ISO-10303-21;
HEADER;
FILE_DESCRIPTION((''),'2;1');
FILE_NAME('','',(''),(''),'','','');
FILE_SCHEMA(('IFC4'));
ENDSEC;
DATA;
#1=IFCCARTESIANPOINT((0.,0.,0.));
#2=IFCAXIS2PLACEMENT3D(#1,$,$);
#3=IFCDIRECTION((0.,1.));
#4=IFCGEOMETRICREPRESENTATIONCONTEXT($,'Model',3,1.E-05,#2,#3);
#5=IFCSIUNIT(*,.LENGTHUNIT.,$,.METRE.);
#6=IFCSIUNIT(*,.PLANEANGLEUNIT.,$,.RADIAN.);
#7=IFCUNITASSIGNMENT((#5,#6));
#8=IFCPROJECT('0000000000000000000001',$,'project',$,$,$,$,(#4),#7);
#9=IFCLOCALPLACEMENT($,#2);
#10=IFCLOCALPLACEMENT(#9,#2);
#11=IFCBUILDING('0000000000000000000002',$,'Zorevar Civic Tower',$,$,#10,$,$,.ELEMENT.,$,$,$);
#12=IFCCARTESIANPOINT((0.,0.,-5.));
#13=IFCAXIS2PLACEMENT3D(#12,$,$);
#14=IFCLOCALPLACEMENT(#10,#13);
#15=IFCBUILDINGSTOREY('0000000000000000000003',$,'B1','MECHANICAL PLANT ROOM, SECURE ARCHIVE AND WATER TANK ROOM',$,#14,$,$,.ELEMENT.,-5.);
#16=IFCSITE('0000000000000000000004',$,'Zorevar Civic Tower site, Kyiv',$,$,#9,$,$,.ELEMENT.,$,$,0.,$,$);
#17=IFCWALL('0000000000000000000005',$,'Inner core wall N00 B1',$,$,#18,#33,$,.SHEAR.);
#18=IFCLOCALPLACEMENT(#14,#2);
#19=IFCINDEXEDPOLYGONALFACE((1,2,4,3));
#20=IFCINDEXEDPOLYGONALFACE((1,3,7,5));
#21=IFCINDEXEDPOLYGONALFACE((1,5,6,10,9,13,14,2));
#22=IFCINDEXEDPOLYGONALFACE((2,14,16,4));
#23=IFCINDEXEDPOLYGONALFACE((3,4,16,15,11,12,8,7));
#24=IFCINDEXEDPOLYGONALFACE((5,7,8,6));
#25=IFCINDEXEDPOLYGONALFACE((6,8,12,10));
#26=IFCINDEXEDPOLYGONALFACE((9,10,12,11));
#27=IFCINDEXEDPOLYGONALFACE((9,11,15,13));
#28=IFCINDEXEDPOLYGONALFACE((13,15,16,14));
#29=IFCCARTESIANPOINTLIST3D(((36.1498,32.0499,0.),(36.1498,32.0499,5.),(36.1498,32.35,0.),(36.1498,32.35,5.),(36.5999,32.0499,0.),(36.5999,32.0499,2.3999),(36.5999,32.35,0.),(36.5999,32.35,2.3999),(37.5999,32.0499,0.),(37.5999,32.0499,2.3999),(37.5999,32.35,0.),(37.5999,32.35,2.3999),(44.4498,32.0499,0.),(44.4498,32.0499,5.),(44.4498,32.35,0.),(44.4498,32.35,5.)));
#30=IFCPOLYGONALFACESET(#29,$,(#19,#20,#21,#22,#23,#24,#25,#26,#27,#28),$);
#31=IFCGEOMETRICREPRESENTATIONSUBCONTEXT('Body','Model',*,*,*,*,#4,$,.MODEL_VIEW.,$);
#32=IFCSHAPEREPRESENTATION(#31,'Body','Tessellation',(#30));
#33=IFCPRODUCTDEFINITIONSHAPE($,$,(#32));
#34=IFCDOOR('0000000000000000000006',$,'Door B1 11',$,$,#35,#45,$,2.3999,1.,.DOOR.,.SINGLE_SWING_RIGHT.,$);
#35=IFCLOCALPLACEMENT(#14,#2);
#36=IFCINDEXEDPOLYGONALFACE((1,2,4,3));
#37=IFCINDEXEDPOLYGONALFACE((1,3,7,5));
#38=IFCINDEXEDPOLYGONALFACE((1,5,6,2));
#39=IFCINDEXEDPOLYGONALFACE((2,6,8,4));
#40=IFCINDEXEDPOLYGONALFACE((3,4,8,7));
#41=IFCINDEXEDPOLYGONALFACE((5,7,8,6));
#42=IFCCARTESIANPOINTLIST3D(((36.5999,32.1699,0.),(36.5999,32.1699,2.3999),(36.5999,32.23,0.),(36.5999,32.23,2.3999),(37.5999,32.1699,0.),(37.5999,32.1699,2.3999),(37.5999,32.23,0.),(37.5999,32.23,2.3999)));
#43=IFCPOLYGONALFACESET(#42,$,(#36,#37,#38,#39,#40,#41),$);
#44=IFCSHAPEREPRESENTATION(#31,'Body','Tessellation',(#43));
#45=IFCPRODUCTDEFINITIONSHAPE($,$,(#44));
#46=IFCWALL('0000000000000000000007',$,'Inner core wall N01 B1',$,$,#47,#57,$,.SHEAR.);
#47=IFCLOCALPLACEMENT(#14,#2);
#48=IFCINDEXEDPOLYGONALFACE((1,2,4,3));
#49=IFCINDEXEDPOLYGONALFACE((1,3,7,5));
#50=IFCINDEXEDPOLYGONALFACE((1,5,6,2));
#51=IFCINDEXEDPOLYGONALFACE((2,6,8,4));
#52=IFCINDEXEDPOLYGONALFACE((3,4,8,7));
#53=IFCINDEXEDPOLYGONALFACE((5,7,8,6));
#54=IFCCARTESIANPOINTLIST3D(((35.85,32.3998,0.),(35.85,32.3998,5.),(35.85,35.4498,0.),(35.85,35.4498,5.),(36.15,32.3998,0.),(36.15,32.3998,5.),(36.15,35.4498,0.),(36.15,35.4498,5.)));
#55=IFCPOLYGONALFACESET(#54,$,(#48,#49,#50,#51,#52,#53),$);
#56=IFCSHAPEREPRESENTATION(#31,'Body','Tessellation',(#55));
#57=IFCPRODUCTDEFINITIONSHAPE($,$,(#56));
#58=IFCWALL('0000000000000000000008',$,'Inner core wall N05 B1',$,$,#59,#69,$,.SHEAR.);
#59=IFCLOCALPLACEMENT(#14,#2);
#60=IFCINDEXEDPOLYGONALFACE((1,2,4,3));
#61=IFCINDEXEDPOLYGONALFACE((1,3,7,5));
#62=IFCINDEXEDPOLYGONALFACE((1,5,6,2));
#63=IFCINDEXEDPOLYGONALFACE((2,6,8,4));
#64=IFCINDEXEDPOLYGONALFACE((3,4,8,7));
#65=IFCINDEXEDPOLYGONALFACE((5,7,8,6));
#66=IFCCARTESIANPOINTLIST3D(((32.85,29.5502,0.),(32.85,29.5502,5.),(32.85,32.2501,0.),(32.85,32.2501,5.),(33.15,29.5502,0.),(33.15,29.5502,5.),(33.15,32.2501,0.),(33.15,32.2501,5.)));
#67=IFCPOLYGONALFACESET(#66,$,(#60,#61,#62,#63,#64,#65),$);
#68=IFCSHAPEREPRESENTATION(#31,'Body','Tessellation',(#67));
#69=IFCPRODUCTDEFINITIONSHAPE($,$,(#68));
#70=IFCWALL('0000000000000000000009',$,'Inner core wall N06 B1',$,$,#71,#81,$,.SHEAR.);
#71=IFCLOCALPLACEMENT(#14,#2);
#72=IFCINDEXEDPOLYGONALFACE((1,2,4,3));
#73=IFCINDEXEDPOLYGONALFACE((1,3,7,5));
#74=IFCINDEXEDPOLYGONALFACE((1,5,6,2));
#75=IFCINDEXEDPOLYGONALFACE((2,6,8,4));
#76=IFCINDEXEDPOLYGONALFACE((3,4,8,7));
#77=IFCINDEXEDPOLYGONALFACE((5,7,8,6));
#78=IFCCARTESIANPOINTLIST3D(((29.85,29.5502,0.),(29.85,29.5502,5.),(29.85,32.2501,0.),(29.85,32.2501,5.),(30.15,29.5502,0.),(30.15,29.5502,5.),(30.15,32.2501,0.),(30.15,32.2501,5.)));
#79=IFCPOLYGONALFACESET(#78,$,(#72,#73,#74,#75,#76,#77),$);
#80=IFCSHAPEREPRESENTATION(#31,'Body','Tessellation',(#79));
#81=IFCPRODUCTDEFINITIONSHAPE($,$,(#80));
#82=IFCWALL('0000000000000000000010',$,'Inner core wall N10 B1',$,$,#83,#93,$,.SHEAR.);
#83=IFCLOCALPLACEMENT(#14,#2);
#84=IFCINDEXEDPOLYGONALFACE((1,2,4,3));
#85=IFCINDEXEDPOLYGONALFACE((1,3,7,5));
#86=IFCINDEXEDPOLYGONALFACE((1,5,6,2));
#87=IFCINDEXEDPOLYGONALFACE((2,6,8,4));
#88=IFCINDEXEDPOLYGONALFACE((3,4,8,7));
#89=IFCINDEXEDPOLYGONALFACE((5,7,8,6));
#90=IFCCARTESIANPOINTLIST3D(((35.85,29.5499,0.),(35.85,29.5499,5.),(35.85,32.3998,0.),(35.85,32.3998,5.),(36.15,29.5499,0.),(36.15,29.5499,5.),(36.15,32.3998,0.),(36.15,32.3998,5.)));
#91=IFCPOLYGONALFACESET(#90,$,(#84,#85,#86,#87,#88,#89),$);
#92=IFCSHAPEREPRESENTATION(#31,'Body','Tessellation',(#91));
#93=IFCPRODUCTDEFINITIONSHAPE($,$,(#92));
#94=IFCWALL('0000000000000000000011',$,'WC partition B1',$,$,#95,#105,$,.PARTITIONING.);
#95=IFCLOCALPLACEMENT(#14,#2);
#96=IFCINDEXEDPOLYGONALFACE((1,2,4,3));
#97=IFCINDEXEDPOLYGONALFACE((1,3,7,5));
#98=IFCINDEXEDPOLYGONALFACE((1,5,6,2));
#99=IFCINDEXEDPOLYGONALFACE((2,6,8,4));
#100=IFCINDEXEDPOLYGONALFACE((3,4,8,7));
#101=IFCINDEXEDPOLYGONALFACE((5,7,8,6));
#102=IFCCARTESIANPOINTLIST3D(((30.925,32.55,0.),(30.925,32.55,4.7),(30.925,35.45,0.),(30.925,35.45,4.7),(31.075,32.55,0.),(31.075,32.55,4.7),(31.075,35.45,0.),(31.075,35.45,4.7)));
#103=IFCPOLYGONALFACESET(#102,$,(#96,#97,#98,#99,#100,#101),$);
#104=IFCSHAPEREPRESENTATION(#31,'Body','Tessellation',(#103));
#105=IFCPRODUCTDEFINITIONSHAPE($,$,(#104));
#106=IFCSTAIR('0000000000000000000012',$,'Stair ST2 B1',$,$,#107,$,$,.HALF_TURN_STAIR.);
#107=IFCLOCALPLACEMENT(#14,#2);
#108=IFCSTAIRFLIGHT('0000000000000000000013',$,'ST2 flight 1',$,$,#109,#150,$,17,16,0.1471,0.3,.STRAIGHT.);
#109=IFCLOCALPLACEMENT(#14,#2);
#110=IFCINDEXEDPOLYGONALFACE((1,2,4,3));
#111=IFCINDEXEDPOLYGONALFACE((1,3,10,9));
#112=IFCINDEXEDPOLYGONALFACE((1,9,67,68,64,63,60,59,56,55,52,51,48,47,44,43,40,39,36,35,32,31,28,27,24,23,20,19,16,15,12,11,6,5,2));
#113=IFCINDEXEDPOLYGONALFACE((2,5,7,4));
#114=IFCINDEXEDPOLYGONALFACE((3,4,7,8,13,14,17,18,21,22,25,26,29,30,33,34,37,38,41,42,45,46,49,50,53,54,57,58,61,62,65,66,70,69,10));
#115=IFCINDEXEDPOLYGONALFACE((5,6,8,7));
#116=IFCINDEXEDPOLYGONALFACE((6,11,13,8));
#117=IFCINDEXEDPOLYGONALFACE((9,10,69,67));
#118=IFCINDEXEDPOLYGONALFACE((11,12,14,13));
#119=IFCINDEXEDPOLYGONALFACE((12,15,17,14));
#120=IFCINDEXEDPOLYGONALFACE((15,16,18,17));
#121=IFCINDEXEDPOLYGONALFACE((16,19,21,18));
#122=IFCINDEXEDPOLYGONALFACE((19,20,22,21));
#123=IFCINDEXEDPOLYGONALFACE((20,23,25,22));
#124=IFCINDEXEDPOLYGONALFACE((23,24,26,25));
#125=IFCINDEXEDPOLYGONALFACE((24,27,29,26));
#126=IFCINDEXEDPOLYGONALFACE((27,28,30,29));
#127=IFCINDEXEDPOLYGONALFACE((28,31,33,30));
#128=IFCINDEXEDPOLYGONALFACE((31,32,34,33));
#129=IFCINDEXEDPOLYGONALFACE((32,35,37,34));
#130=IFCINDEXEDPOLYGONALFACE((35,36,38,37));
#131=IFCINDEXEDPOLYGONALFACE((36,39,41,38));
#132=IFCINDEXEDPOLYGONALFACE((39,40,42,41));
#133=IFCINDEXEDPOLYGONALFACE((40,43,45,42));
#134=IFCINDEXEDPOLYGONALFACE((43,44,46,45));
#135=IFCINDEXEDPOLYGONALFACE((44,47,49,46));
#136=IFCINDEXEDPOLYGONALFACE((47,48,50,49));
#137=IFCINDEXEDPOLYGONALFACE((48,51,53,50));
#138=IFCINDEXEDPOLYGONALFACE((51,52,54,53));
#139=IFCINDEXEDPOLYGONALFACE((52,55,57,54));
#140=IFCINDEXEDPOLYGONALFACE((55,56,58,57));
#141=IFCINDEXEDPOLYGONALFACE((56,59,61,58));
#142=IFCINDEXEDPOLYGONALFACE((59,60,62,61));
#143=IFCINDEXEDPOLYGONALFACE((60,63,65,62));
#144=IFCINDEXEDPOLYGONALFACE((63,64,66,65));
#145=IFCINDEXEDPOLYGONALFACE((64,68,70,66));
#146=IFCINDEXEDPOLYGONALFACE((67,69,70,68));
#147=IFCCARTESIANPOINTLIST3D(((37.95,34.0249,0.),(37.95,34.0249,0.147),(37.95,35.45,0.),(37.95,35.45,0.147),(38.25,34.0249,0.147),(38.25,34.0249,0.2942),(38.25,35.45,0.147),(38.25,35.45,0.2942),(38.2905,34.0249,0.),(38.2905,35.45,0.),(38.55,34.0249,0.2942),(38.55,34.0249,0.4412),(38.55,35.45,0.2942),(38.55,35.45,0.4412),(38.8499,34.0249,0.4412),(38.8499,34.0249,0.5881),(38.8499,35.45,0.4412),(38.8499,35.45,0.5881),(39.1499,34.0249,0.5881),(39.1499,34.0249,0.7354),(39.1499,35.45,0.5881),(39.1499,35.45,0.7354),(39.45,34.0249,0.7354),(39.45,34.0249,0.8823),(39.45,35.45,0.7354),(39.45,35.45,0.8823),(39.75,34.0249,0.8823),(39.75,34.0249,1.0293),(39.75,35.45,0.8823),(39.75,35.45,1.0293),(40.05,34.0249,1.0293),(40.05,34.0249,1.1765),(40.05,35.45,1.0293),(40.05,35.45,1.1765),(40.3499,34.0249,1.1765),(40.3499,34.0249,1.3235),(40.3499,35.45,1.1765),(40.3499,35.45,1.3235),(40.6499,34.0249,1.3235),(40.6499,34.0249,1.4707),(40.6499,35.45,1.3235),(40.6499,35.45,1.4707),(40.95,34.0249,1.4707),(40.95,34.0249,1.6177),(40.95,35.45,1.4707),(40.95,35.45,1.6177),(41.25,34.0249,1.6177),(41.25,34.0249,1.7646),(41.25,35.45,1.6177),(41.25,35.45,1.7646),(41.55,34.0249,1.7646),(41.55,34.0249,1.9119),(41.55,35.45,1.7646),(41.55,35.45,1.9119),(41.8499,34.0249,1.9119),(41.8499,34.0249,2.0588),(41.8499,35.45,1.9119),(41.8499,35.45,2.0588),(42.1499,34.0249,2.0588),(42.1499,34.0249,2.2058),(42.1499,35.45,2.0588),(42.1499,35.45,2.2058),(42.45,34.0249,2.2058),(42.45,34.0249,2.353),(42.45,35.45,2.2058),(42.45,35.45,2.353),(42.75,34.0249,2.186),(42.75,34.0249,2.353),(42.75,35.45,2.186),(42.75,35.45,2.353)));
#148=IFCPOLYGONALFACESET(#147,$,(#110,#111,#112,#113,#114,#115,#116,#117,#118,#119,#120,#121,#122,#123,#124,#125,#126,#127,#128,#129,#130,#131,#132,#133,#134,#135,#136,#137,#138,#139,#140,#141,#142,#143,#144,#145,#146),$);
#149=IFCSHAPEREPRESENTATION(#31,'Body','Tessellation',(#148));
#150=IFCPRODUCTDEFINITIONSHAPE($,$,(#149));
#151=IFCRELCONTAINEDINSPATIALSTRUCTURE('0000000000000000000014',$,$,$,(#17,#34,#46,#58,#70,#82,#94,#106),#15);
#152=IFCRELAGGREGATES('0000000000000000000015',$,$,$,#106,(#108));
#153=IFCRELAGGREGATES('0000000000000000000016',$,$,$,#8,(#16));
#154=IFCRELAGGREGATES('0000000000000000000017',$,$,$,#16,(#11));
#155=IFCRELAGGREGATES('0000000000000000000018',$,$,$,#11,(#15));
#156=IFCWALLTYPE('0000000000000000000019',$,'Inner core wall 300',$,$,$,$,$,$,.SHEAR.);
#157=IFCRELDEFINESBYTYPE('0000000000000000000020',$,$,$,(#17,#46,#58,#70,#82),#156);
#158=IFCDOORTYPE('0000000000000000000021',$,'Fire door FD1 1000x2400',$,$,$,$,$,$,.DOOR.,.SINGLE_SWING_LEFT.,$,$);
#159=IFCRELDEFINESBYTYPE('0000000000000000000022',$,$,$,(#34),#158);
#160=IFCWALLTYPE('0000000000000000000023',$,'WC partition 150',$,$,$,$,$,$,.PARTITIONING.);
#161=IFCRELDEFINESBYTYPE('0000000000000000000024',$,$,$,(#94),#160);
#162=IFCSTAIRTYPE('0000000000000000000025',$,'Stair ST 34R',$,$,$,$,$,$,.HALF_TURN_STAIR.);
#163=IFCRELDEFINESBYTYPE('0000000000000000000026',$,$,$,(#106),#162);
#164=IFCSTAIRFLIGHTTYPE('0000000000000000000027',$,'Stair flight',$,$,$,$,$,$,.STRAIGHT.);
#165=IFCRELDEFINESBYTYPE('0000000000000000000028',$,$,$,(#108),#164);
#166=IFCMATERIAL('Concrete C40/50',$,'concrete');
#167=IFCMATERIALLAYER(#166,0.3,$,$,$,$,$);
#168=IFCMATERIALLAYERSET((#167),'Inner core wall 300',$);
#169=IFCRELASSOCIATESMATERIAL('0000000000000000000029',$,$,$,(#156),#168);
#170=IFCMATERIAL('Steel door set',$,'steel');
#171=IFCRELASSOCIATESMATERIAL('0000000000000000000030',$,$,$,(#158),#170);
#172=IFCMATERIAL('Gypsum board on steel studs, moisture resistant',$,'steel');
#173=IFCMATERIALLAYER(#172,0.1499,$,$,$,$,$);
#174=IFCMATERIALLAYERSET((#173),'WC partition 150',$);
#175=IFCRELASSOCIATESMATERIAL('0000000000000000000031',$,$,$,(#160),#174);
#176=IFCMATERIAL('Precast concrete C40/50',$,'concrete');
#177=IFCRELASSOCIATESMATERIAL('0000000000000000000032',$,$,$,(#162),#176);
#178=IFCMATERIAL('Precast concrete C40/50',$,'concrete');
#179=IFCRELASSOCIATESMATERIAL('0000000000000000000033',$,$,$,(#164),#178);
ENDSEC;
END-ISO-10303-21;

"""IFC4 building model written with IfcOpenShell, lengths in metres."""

from ifc_helpers import new_model, si_unit, direction, frame, frame_2d, origin, place, context, subcontext, project, spatial, polyline, rectangle, outline, extrude, material, layer, layer_set, type_object, element, fill, aggregate, save


model = new_model("IFC4")

# Units and contexts
model_context = context("Model", 3, precision=1e-05, world=origin(), true_north=direction((0.0, 1.0)))
body_context = subcontext(model_context, "Body", "Model", "MODEL_VIEW")
ifc_project = project(units=[si_unit("LENGTHUNIT", "METRE"), si_unit("PLANEANGLEUNIT", "RADIAN")], contexts=[model_context])

# Site, building, storey
site_placement = place(None, origin())
site = spatial("IfcSite", under=ifc_project, at=site_placement, Name="Zorevar Civic Tower site, Kyiv", CompositionType="ELEMENT", RefElevation=0.0)
building_placement = place(site_placement, origin())
building = spatial("IfcBuilding", under=site, at=building_placement, Name="Zorevar Civic Tower", CompositionType="ELEMENT")
storey_placement = place(building_placement, frame((0.0, 0.0, -5.0)))
storey = spatial("IfcBuildingStorey", under=building, at=storey_placement, Name="B1", Description="MECHANICAL PLANT ROOM, SECURE ARCHIVE AND WATER TANK ROOM", CompositionType="ELEMENT", Elevation=-5.0)

# Wall, opening, door
ifc_material_1 = material(Name="Concrete C40/50", Category="concrete")
ifc_layer_1 = layer(ifc_material_1, 0.3)
ifc_layer_set_1 = layer_set([ifc_layer_1], Name="Inner core wall 300")
wall_type_1 = type_object("IfcWallType", Name="Inner core wall 300", PredefinedType="SHEAR", material=ifc_layer_set_1)
wall_1_placement = place(storey_placement, frame((36.1499, 32.2, 0.0), z_axis=(0.0, 0.0, 1.0), x_axis=(1.0, 0.0, 0.0)))
wall_1 = element("IfcWall", 1, at=wall_1_placement, inside=storey, type_object=wall_type_1, Name="Inner core wall N00 B1", PredefinedType="SHEAR", context=body_context, shape_type="SweptSolid", body=[
    extrude(rectangle(XDim=8.3, YDim=0.3, at=frame_2d((4.1499, 0.0))), origin(), (0.0, 0.0, 1.0), 5.0),
])
opening_placement = place(wall_1_placement, frame((0.45, 0.0, 0.0)))
opening = element("IfcOpeningElement", 2, at=opening_placement, cuts=wall_1, PredefinedType="OPENING", context=body_context, shape_type="SweptSolid", body=[
    extrude(rectangle(XDim=1.0, YDim=2.3999, at=frame_2d((0.5, 1.2))), frame((0.0, 0.1599, 0.0), z_axis=(0.0, -1.0, 0.0), x_axis=(1.0, 0.0, 0.0)), (0.0, 0.0, 1.0), 0.3201),
])
ifc_material_2 = material(Name="Steel door set", Category="steel")
door_type = type_object("IfcDoorType", Name="Fire door FD1 1000x2400", OperationType="SINGLE_SWING_LEFT", PredefinedType="DOOR", material=ifc_material_2)
door_placement = place(opening_placement, origin())
door = element("IfcDoor", 3, at=door_placement, inside=storey, type_object=door_type, Name="Door B1 11", OperationType="SINGLE_SWING_RIGHT", OverallHeight=2.3999, OverallWidth=1.0, PredefinedType="DOOR", context=body_context, shape_type="SweptSolid", body=[
    extrude(rectangle(XDim=1.0, YDim=2.3999, at=frame_2d((0.5, 1.2))), frame((0.0, 0.03, 0.0), z_axis=(0.0, -1.0, 0.0), x_axis=(1.0, 0.0, 0.0)), (0.0, 0.0, 1.0), 0.0601),
])
fill(opening, door)

# Walls
wall_2_placement = place(storey_placement, frame((36.0, 32.3999, 0.0), z_axis=(0.0, 0.0, 1.0), x_axis=(0.0, 1.0, 0.0)))
element("IfcWall", 4, at=wall_2_placement, inside=storey, type_object=wall_type_1, Name="Inner core wall N01 B1", PredefinedType="SHEAR", context=body_context, shape_type="SweptSolid", body=[
    extrude(rectangle(XDim=3.05, YDim=0.3, at=frame_2d((1.5249, 0.0))), origin(), (0.0, 0.0, 1.0), 5.0),
])
for number, where, z_axis, x_axis, name in (
    (5, (33.0, 29.55, 0.0), (0.0, 0.0, 1.0), (0.0, 1.0, 0.0), "Inner core wall N05 B1"),
    (6, (30.0, 29.55, 0.0), (0.0, 0.0, 1.0), (0.0, 1.0, 0.0), "Inner core wall N06 B1"),
):
    element("IfcWall", number, at=place(storey_placement, frame(where, z_axis=z_axis, x_axis=x_axis)), inside=storey, type_object=wall_type_1, Name=name, PredefinedType="SHEAR", context=body_context, shape_type="SweptSolid", body=[
        extrude(rectangle(XDim=2.7, YDim=0.3, at=frame_2d((1.3501, 0.0))), origin(), (0.0, 0.0, 1.0), 5.0),
    ])
wall_3_placement = place(storey_placement, frame((36.0, 29.55, 0.0), z_axis=(0.0, 0.0, 1.0), x_axis=(0.0, 1.0, 0.0)))
element("IfcWall", 7, at=wall_3_placement, inside=storey, type_object=wall_type_1, Name="Inner core wall N10 B1", PredefinedType="SHEAR", context=body_context, shape_type="SweptSolid", body=[
    extrude(rectangle(XDim=2.8499, YDim=0.3, at=frame_2d((1.4248, 0.0))), origin(), (0.0, 0.0, 1.0), 5.0),
])
ifc_material_3 = material(Name="Gypsum board on steel studs, moisture resistant", Category="steel")
ifc_layer_2 = layer(ifc_material_3, 0.1499)
ifc_layer_set_2 = layer_set([ifc_layer_2], Name="WC partition 150")
wall_type_2 = type_object("IfcWallType", Name="WC partition 150", PredefinedType="PARTITIONING", material=ifc_layer_set_2)
wall_4_placement = place(storey_placement, frame((31.0, 32.55, 0.0), z_axis=(0.0, 0.0, 1.0), x_axis=(0.0, 1.0, 0.0)))
element("IfcWall", 8, at=wall_4_placement, inside=storey, type_object=wall_type_2, Name="WC partition B1", PredefinedType="PARTITIONING", context=body_context, shape_type="SweptSolid", body=[
    extrude(rectangle(XDim=2.8999, YDim=0.1499, at=frame_2d((1.45, 0.0))), origin(), (0.0, 0.0, 1.0), 4.7),
])

# Stair, stair flight
ifc_material_4 = material(Name="Precast concrete C40/50", Category="concrete")
stair_type = type_object("IfcStairType", Name="Stair ST 34R", PredefinedType="HALF_TURN_STAIR", material=ifc_material_4)
stair_placement = place(storey_placement, origin())
stair = element("IfcStair", 9, at=stair_placement, inside=storey, type_object=stair_type, Name="Stair ST2 B1", PredefinedType="HALF_TURN_STAIR")
ifc_material_5 = material(Name="Precast concrete C40/50", Category="concrete")
stair_flight_type = type_object("IfcStairFlightType", Name="Stair flight", PredefinedType="STRAIGHT", material=ifc_material_5)
stair_flight_placement = place(storey_placement, frame((37.95, 34.7375, 0.0), z_axis=(0.0, 0.0, 1.0), x_axis=(1.0, 0.0, 0.0)))
stair_flight = element("IfcStairFlight", 10, at=stair_flight_placement, type_object=stair_flight_type, Name="ST2 flight 1", NumberOfRisers=17, NumberOfTreads=16, PredefinedType="STRAIGHT", RiserHeight=0.1471, TreadLength=0.3, context=body_context, shape_type="SweptSolid", body=[
    extrude(outline(polyline([(0.0, 0.0), (0.0, 0.147), (0.3, 0.147), (0.3, 0.2942), (0.6001, 0.2942), (0.6001, 0.4412), (0.8999, 0.4412), (0.8999, 0.5881), (1.2, 0.5881), (1.2, 0.7354), (1.5, 0.7354), (1.5, 0.8823), (1.8, 0.8823), (1.8, 1.0293), (2.1001, 1.0293), (2.1001, 1.1765), (2.3999, 1.1765), (2.3999, 1.3235), (2.7, 1.3235), (2.7, 1.4707), (3.0, 1.4707), (3.0, 1.6177), (3.3, 1.6177), (3.3, 1.7646), (3.6001, 1.7646), (3.6001, 1.9119), (3.8999, 1.9119), (3.8999, 2.0588), (4.2, 2.0588), (4.2, 2.2058), (4.5, 2.2058), (4.5, 2.353), (4.8, 2.353), (4.8, 2.5), (4.8, 2.186), (0.3406, 0.0), (0.0, 0.0)])), frame((0.0, 0.7124, 0.0), z_axis=(0.0, -1.0, 0.0), x_axis=(1.0, 0.0, 0.0)), (0.0, 0.0, 1.0), 1.425),
])
aggregate(stair, [stair_flight])

save(model, "model.ifc")
